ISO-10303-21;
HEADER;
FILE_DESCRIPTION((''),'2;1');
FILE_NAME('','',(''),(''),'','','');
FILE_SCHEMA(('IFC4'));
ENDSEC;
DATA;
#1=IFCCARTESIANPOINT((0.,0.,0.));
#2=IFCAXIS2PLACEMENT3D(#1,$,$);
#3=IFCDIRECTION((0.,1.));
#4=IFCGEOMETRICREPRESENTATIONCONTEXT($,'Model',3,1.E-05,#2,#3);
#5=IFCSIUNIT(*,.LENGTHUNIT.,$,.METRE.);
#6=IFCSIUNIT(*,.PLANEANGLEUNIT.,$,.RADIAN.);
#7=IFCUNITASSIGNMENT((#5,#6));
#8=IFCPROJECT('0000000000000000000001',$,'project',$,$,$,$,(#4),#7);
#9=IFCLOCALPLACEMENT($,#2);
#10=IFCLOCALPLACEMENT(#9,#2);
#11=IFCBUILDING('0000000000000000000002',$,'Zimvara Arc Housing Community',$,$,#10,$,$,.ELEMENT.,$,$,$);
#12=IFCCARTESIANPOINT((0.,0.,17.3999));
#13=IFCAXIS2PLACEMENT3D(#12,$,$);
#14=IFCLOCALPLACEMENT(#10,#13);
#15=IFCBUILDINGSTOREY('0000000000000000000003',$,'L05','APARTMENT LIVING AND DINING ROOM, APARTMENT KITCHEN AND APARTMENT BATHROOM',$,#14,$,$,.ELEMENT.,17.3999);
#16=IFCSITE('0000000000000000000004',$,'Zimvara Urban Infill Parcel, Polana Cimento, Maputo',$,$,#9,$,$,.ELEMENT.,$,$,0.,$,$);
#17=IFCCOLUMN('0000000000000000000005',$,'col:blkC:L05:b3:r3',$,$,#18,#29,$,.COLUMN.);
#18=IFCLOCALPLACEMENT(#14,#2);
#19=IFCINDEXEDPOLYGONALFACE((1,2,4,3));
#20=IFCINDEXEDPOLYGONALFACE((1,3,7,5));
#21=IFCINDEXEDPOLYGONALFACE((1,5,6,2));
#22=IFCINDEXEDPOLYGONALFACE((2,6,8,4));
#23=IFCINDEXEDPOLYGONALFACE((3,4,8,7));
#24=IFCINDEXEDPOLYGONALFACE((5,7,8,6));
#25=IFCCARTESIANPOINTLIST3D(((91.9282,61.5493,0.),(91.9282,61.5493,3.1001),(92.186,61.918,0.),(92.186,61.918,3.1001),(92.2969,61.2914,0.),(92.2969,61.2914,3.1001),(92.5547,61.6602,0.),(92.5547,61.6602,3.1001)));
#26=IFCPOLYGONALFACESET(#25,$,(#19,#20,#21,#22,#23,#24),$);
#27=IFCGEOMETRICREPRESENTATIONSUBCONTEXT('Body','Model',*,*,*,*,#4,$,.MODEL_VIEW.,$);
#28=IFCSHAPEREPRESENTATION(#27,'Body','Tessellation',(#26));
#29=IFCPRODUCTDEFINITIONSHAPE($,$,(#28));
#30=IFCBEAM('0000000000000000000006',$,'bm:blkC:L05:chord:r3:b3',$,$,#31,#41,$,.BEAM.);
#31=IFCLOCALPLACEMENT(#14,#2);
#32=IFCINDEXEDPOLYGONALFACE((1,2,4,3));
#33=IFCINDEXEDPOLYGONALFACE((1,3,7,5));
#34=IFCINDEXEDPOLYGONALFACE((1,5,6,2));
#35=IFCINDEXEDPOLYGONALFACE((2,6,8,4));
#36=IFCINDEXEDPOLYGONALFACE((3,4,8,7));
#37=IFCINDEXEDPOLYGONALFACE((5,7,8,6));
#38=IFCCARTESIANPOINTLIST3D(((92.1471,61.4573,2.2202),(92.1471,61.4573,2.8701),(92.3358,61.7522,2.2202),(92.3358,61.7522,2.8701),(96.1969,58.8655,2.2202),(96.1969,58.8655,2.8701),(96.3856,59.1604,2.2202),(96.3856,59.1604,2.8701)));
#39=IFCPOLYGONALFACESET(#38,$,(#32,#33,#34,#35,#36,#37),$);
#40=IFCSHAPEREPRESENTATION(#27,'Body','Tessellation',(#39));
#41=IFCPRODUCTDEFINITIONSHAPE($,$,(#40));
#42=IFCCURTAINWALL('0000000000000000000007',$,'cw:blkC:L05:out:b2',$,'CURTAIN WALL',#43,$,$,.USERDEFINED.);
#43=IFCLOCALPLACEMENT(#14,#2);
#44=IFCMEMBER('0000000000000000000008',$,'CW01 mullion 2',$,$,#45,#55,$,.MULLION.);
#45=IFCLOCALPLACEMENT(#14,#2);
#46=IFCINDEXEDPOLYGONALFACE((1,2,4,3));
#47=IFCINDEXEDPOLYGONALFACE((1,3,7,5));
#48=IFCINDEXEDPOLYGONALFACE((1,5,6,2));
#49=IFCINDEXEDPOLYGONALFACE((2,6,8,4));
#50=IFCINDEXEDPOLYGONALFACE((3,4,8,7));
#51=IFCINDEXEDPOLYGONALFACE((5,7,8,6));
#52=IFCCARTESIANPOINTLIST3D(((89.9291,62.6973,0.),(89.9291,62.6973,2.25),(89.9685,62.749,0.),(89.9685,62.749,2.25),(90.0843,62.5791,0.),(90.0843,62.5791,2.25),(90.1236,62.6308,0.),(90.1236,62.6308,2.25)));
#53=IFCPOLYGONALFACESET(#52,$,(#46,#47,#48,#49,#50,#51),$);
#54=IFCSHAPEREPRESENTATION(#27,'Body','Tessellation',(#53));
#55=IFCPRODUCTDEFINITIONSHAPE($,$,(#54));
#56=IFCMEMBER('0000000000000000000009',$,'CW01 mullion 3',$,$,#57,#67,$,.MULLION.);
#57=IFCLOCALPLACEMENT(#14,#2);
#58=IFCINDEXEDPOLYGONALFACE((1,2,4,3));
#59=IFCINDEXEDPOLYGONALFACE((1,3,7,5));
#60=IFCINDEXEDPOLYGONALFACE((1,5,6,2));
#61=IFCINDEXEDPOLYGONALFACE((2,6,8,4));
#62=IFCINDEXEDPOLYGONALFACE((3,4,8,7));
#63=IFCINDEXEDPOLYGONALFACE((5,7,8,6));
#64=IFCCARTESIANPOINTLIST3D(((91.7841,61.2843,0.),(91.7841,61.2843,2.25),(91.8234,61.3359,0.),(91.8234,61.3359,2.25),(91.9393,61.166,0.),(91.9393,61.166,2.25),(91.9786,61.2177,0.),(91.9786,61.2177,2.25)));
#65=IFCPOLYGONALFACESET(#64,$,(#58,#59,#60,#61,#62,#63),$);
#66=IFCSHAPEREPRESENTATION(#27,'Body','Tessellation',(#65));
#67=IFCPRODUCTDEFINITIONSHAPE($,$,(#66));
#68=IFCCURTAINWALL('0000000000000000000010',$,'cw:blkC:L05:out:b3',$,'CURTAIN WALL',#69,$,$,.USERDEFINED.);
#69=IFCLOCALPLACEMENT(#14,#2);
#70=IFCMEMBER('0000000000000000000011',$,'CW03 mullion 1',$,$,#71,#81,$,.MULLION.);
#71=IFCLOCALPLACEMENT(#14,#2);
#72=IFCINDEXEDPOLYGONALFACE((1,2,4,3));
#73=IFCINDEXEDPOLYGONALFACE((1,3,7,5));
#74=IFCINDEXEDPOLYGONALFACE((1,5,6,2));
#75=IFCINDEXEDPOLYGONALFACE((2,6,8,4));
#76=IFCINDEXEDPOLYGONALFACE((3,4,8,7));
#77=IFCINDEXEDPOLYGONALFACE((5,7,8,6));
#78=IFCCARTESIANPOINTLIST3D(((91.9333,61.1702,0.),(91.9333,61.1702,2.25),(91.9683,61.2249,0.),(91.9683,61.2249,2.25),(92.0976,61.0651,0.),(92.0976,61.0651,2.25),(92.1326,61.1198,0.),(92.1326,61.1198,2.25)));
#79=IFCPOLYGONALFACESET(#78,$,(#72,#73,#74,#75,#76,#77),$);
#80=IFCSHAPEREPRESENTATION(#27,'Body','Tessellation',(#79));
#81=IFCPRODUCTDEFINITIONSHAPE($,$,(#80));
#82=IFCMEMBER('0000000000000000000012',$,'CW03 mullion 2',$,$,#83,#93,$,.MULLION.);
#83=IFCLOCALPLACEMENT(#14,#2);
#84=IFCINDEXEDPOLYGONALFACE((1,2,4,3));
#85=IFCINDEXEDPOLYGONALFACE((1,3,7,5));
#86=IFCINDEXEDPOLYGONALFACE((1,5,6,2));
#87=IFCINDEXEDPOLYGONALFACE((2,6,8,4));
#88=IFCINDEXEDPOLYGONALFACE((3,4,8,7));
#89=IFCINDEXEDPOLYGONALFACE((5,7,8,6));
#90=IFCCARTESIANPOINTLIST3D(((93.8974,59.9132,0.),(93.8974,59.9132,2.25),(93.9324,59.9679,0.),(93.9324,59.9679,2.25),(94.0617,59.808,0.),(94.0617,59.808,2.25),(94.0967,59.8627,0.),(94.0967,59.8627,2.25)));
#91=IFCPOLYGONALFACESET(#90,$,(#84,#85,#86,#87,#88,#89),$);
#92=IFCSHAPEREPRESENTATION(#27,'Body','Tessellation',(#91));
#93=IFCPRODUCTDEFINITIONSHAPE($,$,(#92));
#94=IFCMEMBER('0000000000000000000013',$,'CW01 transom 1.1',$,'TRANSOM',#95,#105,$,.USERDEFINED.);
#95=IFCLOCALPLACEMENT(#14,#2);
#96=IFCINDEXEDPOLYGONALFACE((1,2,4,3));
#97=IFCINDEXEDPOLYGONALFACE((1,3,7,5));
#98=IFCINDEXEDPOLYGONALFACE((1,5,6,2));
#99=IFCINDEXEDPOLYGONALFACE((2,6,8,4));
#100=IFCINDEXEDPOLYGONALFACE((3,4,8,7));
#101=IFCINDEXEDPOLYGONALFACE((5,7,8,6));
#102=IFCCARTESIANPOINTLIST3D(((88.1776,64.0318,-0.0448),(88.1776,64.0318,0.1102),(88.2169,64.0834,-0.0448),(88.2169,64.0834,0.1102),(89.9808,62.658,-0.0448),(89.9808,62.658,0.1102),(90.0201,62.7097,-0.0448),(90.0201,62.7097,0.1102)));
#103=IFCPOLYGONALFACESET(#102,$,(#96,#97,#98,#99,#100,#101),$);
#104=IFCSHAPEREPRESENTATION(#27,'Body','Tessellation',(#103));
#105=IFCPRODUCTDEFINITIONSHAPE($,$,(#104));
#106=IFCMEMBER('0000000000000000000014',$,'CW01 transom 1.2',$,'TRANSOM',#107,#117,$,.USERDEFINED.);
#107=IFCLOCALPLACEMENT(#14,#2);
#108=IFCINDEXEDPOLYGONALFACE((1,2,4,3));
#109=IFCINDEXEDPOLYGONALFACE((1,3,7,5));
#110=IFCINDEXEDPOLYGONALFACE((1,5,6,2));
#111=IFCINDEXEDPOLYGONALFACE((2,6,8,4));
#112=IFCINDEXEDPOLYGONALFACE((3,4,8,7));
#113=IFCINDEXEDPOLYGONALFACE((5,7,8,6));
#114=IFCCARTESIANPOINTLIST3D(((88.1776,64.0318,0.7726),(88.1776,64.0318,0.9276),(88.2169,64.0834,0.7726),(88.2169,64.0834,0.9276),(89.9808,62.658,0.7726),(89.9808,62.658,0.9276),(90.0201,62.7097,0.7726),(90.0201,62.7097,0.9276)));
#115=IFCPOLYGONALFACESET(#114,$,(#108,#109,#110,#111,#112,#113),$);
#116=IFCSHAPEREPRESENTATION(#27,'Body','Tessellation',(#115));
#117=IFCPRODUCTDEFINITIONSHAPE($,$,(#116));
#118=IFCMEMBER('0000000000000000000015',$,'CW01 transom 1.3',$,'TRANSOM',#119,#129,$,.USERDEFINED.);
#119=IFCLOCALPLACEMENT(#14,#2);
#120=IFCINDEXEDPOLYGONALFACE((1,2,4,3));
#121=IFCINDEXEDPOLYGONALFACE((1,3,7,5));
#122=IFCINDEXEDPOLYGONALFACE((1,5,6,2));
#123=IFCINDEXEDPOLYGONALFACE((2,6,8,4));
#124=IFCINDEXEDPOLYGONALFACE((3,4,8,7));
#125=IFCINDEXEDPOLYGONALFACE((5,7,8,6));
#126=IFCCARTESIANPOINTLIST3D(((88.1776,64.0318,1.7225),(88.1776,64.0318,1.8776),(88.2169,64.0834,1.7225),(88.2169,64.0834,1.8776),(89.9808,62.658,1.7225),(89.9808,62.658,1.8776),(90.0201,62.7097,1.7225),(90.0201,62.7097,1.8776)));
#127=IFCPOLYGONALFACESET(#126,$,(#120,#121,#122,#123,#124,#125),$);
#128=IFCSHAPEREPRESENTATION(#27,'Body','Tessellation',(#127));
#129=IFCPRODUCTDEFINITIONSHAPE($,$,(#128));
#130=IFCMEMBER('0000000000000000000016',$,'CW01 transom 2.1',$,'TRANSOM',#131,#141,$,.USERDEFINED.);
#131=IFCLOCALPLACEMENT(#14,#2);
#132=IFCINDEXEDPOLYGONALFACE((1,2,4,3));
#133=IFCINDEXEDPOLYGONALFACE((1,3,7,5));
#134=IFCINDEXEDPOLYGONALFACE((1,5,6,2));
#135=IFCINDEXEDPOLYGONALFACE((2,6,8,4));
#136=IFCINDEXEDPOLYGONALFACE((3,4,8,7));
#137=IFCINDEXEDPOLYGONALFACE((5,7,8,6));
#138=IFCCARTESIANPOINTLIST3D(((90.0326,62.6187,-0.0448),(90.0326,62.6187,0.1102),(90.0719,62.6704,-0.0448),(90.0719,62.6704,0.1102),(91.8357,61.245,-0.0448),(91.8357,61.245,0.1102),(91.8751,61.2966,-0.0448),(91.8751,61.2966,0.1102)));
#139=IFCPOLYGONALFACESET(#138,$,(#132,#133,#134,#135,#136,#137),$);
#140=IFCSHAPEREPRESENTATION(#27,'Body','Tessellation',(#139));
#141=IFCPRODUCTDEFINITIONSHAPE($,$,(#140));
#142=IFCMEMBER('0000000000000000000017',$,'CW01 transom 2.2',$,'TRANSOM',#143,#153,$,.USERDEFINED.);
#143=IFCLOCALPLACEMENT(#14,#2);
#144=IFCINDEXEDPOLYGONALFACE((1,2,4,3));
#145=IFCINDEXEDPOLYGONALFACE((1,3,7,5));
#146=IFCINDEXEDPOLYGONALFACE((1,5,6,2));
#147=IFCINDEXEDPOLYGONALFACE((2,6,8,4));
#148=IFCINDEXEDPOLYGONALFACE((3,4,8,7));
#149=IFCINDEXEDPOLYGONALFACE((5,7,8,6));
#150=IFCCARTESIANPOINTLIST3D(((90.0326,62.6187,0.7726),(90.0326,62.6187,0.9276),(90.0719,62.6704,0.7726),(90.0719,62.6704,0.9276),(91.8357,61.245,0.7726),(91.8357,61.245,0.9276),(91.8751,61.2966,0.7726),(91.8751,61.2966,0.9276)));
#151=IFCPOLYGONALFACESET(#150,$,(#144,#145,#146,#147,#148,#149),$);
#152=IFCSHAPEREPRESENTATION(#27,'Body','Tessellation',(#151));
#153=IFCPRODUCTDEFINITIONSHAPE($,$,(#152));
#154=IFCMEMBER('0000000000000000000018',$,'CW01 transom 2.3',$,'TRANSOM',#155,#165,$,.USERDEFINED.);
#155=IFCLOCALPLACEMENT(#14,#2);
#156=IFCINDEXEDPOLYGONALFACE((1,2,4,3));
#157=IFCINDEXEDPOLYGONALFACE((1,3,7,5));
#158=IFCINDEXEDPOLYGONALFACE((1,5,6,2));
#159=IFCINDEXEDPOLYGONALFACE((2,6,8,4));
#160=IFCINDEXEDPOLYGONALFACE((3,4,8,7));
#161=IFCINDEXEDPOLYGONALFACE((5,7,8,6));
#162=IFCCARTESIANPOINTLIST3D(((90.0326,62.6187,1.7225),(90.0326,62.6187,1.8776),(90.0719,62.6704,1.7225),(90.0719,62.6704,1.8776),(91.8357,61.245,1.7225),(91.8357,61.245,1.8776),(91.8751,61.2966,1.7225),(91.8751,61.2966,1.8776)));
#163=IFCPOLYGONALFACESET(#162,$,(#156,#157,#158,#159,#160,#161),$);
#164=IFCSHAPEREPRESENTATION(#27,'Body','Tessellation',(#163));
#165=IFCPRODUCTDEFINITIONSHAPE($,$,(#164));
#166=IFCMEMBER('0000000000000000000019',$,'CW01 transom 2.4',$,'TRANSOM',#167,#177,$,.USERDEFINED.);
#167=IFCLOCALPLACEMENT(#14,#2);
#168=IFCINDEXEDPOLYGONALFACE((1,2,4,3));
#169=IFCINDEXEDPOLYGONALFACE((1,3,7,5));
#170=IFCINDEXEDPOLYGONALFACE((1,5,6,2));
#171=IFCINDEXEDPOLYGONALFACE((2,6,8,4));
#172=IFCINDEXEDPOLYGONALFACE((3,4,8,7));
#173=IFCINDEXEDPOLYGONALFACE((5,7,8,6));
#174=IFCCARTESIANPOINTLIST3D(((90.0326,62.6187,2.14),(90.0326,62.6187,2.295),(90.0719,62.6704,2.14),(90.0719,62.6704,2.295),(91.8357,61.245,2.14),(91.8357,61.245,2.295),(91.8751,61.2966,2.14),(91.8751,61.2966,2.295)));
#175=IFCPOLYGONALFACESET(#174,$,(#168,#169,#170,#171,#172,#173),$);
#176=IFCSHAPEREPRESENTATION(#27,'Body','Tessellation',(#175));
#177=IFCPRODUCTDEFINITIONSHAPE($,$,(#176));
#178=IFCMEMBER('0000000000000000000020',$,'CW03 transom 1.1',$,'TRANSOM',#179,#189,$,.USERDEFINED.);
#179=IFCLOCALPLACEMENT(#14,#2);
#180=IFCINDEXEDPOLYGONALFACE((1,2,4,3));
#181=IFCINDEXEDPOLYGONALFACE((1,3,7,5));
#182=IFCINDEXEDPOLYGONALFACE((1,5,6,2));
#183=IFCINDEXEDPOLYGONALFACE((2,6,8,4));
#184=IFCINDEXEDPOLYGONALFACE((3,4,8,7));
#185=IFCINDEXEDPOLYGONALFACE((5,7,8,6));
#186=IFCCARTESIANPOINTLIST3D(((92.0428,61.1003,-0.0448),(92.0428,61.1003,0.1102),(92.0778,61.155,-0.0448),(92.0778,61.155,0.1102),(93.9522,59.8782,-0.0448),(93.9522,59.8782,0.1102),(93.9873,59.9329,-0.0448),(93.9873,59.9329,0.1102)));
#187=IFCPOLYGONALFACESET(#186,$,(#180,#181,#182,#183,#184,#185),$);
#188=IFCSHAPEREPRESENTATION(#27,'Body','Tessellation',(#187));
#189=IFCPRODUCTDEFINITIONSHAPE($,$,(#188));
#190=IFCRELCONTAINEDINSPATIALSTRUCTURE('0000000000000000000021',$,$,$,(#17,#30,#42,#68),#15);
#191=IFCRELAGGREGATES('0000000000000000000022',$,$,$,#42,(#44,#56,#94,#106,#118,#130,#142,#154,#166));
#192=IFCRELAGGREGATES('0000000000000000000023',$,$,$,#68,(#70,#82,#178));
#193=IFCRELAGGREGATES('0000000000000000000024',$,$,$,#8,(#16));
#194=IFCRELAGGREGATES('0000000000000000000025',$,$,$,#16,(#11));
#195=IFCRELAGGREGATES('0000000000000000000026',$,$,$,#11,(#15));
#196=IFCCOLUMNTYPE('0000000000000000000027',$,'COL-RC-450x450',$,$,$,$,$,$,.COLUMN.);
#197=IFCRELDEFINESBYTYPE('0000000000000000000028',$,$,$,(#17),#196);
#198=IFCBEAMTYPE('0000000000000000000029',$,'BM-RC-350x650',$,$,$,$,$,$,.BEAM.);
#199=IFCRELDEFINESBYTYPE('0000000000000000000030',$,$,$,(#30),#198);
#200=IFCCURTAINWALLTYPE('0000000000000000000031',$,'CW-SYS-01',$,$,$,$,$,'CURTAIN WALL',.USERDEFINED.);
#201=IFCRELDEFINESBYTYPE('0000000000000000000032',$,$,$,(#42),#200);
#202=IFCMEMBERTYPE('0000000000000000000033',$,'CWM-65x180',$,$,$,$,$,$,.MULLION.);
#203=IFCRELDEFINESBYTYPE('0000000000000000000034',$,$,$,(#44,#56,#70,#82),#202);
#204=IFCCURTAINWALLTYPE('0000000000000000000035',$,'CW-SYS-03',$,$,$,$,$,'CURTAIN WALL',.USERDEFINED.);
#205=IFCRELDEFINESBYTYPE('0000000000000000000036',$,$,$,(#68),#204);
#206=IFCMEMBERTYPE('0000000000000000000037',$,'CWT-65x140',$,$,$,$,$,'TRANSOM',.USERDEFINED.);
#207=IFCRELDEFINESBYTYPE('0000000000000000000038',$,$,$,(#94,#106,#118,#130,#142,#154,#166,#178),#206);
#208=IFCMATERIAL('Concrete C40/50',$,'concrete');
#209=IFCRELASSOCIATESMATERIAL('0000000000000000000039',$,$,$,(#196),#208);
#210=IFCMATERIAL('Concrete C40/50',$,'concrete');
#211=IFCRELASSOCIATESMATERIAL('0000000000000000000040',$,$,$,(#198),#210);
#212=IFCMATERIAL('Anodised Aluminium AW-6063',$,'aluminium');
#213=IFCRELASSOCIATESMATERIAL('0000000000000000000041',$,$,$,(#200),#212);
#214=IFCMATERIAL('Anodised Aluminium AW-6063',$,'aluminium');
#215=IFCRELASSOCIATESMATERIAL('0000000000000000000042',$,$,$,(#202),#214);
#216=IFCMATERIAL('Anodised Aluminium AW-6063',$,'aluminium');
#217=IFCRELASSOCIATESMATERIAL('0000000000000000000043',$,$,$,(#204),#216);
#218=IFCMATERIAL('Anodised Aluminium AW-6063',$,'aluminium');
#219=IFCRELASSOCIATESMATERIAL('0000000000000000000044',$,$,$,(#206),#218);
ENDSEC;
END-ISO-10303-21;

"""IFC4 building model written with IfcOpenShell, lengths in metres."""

from ifc_helpers import new_model, si_unit, direction, frame, origin, origin_2d, place, context, subcontext, project, spatial, rectangle, extrude, material, material_profile, profile_set, type_object, element, aggregate, save


model = new_model("IFC4")

# Units and contexts
model_context = context("Model", 3, precision=1e-05, world=origin(), true_north=direction((0.0, 1.0)))
body_context = subcontext(model_context, "Body", "Model", "MODEL_VIEW")
ifc_project = project(units=[si_unit("LENGTHUNIT", "METRE"), si_unit("PLANEANGLEUNIT", "RADIAN")], contexts=[model_context])

# Site, building, storey
site_placement = place(None, origin())
site = spatial("IfcSite", under=ifc_project, at=site_placement, Name="Zimvara Urban Infill Parcel, Polana Cimento, Maputo", CompositionType="ELEMENT", RefElevation=0.0)
building_placement = place(site_placement, origin())
building = spatial("IfcBuilding", under=site, at=building_placement, Name="Zimvara Arc Housing Community", CompositionType="ELEMENT")
storey_placement = place(building_placement, frame((0.0, 0.0, 17.3999)))
storey = spatial("IfcBuildingStorey", under=building, at=storey_placement, Name="L05", Description="APARTMENT LIVING AND DINING ROOM, APARTMENT KITCHEN AND APARTMENT BATHROOM", CompositionType="ELEMENT", Elevation=17.3999)

# Column
ifc_material_1 = material(Name="Concrete C40/50", Category="concrete")
ifc_material_profile_1 = material_profile(ifc_material_1, rectangle(XDim=0.45, YDim=0.45, at=origin_2d()), Name="RC 450x450")
ifc_profile_set_1 = profile_set([ifc_material_profile_1], Name="Concrete C40/50")
column_type = type_object("IfcColumnType", Name="COL-RC-450x450", PredefinedType="COLUMN", material=ifc_profile_set_1)
column_placement = place(storey_placement, frame((92.2415, 61.6047, 0.0), z_axis=(0.0, 0.0, 1.0), x_axis=(-0.573004, -0.819552, 0.0)))
element("IfcColumn", 1, at=column_placement, inside=storey, type_object=column_type, Name="col:blkC:L05:b3:r3", PredefinedType="COLUMN", context=body_context, shape_type="SweptSolid", body=[
    extrude(rectangle(XDim=0.45, YDim=0.45, at=origin_2d()), origin(), (0.0, 0.0, 1.0), 3.1001),
])

# Beam
ifc_material_2 = material(Name="Concrete C40/50", Category="concrete")
ifc_material_profile_2 = material_profile(ifc_material_2, rectangle(XDim=0.3501, YDim=0.6499, at=origin_2d()), Name="RC 350x650")
ifc_profile_set_2 = profile_set([ifc_material_profile_2], Name="Concrete C40/50")
beam_type = type_object("IfcBeamType", Name="BM-RC-350x650", PredefinedType="BEAM", material=ifc_profile_set_2)
beam_placement = place(storey_placement, frame((92.2415, 61.6047, 2.5452), z_axis=(0.842279, -0.539042, 0.0), x_axis=(0.539042, 0.842279, 0.0)))
element("IfcBeam", 2, at=beam_placement, inside=storey, type_object=beam_type, Name="bm:blkC:L05:chord:r3:b3", PredefinedType="BEAM", context=body_context, shape_type="SweptSolid", body=[
    extrude(rectangle(XDim=0.3501, YDim=0.6499, at=origin_2d()), origin(), (0.0, 0.0, 1.0), 4.8081),
])

# Curtain walls, members
ifc_material_3 = material(Name="Anodised Aluminium AW-6063", Category="aluminium")
curtain_wall_type_1 = type_object("IfcCurtainWallType", Name="CW-SYS-01", ElementType="CURTAIN WALL", PredefinedType="USERDEFINED", material=ifc_material_3)
curtain_wall_1_placement = place(storey_placement, origin())
curtain_wall_1 = element("IfcCurtainWall", 3, at=curtain_wall_1_placement, inside=storey, type_object=curtain_wall_type_1, Name="cw:blkC:L05:out:b2", ObjectType="CURTAIN WALL", PredefinedType="USERDEFINED")
ifc_material_4 = material(Name="Anodised Aluminium AW-6063", Category="aluminium")
ifc_material_profile_3 = material_profile(ifc_material_4, rectangle(XDim=0.0649, YDim=0.1951, at=origin_2d()), Name="ALU 65x195")
ifc_profile_set_3 = profile_set([ifc_material_profile_3], Name="Anodised Aluminium AW-6063")
member_type_1 = type_object("IfcMemberType", Name="CWM-65x180", PredefinedType="MULLION", material=ifc_profile_set_3)
member_1_placement = place(storey_placement, frame((90.0264, 62.6641, 0.0), z_axis=(0.0, 0.0, 1.0), x_axis=(0.605988, 0.795474, 0.0)))
member_1 = element("IfcMember", 4, at=member_1_placement, type_object=member_type_1, Name="CW01 mullion 2", PredefinedType="MULLION", context=body_context, shape_type="SweptSolid", body=[
    extrude(rectangle(XDim=0.0649, YDim=0.1951, at=origin_2d()), origin(), (0.0, 0.0, 1.0), 2.25),
])
member_2_placement = place(storey_placement, frame((91.8813, 61.251, 0.0), z_axis=(0.0, 0.0, 1.0), x_axis=(0.605988, 0.795474, 0.0)))
member_2 = element("IfcMember", 5, at=member_2_placement, type_object=member_type_1, Name="CW01 mullion 3", PredefinedType="MULLION", context=body_context, shape_type="SweptSolid", body=[
    extrude(rectangle(XDim=0.0649, YDim=0.1951, at=origin_2d()), origin(), (0.0, 0.0, 1.0), 2.25),
])
ifc_material_5 = material(Name="Anodised Aluminium AW-6063", Category="aluminium")
curtain_wall_type_2 = type_object("IfcCurtainWallType", Name="CW-SYS-03", ElementType="CURTAIN WALL", PredefinedType="USERDEFINED", material=ifc_material_5)
curtain_wall_2_placement = place(storey_placement, origin())
curtain_wall_2 = element("IfcCurtainWall", 6, at=curtain_wall_2_placement, inside=storey, type_object=curtain_wall_type_2, Name="cw:blkC:L05:out:b3", ObjectType="CURTAIN WALL", PredefinedType="USERDEFINED")
member_3_placement = place(storey_placement, frame((92.033, 61.145, 0.0), z_axis=(0.0, 0.0, 1.0), x_axis=(0.539065, 0.842264, 0.0)))
member_3 = element("IfcMember", 7, at=member_3_placement, type_object=member_type_1, Name="CW03 mullion 1", PredefinedType="MULLION", context=body_context, shape_type="SweptSolid", body=[
    extrude(rectangle(XDim=0.0649, YDim=0.1951, at=origin_2d()), origin(), (0.0, 0.0, 1.0), 2.25),
])
member_4_placement = place(storey_placement, frame((93.9971, 59.8879, 0.0), z_axis=(0.0, 0.0, 1.0), x_axis=(0.539065, 0.842264, 0.0)))
member_4 = element("IfcMember", 8, at=member_4_placement, type_object=member_type_1, Name="CW03 mullion 2", PredefinedType="MULLION", context=body_context, shape_type="SweptSolid", body=[
    extrude(rectangle(XDim=0.0649, YDim=0.1951, at=origin_2d()), origin(), (0.0, 0.0, 1.0), 2.25),
])

# Members
ifc_material_6 = material(Name="Anodised Aluminium AW-6063", Category="aluminium")
ifc_material_profile_4 = material_profile(ifc_material_6, rectangle(XDim=0.0649, YDim=0.155, at=origin_2d()), Name="ALU 65x155")
ifc_profile_set_4 = profile_set([ifc_material_profile_4], Name="Anodised Aluminium AW-6063")
member_type_2 = type_object("IfcMemberType", Name="CWT-65x140", ElementType="TRANSOM", PredefinedType="USERDEFINED", material=ifc_profile_set_4)
member_5_placement = place(storey_placement, frame((88.1973, 64.0576, 0.0327), z_axis=(0.795454, -0.606014, 0.0), x_axis=(0.606014, 0.795454, 0.0)))
member_5 = element("IfcMember", 9, at=member_5_placement, type_object=member_type_2, Name="CW01 transom 1.1", ObjectType="TRANSOM", PredefinedType="USERDEFINED", context=body_context, shape_type="SweptSolid", body=[
    extrude(rectangle(XDim=0.0649, YDim=0.155, at=origin_2d()), origin(), (0.0, 0.0, 1.0), 2.2668),
])
member_6_placement = place(storey_placement, frame((88.1973, 64.0576, 0.8501), z_axis=(0.795454, -0.606014, 0.0), x_axis=(0.606014, 0.795454, 0.0)))
member_6 = element("IfcMember", 10, at=member_6_placement, type_object=member_type_2, Name="CW01 transom 1.2", ObjectType="TRANSOM", PredefinedType="USERDEFINED", context=body_context, shape_type="SweptSolid", body=[
    extrude(rectangle(XDim=0.0649, YDim=0.155, at=origin_2d()), origin(), (0.0, 0.0, 1.0), 2.2668),
])
member_7_placement = place(storey_placement, frame((88.1973, 64.0576, 1.8), z_axis=(0.795454, -0.606014, 0.0), x_axis=(0.606014, 0.795454, 0.0)))
member_7 = element("IfcMember", 11, at=member_7_placement, type_object=member_type_2, Name="CW01 transom 1.3", ObjectType="TRANSOM", PredefinedType="USERDEFINED", context=body_context, shape_type="SweptSolid", body=[
    extrude(rectangle(XDim=0.0649, YDim=0.155, at=origin_2d()), origin(), (0.0, 0.0, 1.0), 2.2668),
])
member_8_placement = place(storey_placement, frame((90.0522, 62.6445, 0.0327), z_axis=(0.795454, -0.606014, 0.0), x_axis=(0.606014, 0.795454, 0.0)))
member_8 = element("IfcMember", 12, at=member_8_placement, type_object=member_type_2, Name="CW01 transom 2.1", ObjectType="TRANSOM", PredefinedType="USERDEFINED", context=body_context, shape_type="SweptSolid", body=[
    extrude(rectangle(XDim=0.0649, YDim=0.155, at=origin_2d()), origin(), (0.0, 0.0, 1.0), 2.2668),
])
member_9_placement = place(storey_placement, frame((90.0522, 62.6445, 0.8501), z_axis=(0.795454, -0.606014, 0.0), x_axis=(0.606014, 0.795454, 0.0)))
member_9 = element("IfcMember", 13, at=member_9_placement, type_object=member_type_2, Name="CW01 transom 2.2", ObjectType="TRANSOM", PredefinedType="USERDEFINED", context=body_context, shape_type="SweptSolid", body=[
    extrude(rectangle(XDim=0.0649, YDim=0.155, at=origin_2d()), origin(), (0.0, 0.0, 1.0), 2.2668),
])
member_10_placement = place(storey_placement, frame((90.0522, 62.6445, 1.8), z_axis=(0.795454, -0.606014, 0.0), x_axis=(0.606014, 0.795454, 0.0)))
member_10 = element("IfcMember", 14, at=member_10_placement, type_object=member_type_2, Name="CW01 transom 2.3", ObjectType="TRANSOM", PredefinedType="USERDEFINED", context=body_context, shape_type="SweptSolid", body=[
    extrude(rectangle(XDim=0.0649, YDim=0.155, at=origin_2d()), origin(), (0.0, 0.0, 1.0), 2.2668),
])
member_11_placement = place(storey_placement, frame((90.0522, 62.6445, 2.2175), z_axis=(0.795454, -0.606014, 0.0), x_axis=(0.606014, 0.795454, 0.0)))
member_11 = element("IfcMember", 15, at=member_11_placement, type_object=member_type_2, Name="CW01 transom 2.4", ObjectType="TRANSOM", PredefinedType="USERDEFINED", context=body_context, shape_type="SweptSolid", body=[
    extrude(rectangle(XDim=0.0649, YDim=0.155, at=origin_2d()), origin(), (0.0, 0.0, 1.0), 2.2668),
])
member_12_placement = place(storey_placement, frame((92.0603, 61.1277, 0.0327), z_axis=(0.842244, -0.539096, 0.0), x_axis=(0.539096, 0.842244, 0.0)))
member_12 = element("IfcMember", 16, at=member_12_placement, type_object=member_type_2, Name="CW03 transom 1.1", ObjectType="TRANSOM", PredefinedType="USERDEFINED", context=body_context, shape_type="SweptSolid", body=[
    extrude(rectangle(XDim=0.0649, YDim=0.155, at=origin_2d()), origin(), (0.0, 0.0, 1.0), 2.2671),
])

aggregate(curtain_wall_1, [member_1, member_2, member_5, member_6, member_7, member_8, member_9, member_10, member_11])
aggregate(curtain_wall_2, [member_3, member_4, member_12])

save(model, "model.ifc")
